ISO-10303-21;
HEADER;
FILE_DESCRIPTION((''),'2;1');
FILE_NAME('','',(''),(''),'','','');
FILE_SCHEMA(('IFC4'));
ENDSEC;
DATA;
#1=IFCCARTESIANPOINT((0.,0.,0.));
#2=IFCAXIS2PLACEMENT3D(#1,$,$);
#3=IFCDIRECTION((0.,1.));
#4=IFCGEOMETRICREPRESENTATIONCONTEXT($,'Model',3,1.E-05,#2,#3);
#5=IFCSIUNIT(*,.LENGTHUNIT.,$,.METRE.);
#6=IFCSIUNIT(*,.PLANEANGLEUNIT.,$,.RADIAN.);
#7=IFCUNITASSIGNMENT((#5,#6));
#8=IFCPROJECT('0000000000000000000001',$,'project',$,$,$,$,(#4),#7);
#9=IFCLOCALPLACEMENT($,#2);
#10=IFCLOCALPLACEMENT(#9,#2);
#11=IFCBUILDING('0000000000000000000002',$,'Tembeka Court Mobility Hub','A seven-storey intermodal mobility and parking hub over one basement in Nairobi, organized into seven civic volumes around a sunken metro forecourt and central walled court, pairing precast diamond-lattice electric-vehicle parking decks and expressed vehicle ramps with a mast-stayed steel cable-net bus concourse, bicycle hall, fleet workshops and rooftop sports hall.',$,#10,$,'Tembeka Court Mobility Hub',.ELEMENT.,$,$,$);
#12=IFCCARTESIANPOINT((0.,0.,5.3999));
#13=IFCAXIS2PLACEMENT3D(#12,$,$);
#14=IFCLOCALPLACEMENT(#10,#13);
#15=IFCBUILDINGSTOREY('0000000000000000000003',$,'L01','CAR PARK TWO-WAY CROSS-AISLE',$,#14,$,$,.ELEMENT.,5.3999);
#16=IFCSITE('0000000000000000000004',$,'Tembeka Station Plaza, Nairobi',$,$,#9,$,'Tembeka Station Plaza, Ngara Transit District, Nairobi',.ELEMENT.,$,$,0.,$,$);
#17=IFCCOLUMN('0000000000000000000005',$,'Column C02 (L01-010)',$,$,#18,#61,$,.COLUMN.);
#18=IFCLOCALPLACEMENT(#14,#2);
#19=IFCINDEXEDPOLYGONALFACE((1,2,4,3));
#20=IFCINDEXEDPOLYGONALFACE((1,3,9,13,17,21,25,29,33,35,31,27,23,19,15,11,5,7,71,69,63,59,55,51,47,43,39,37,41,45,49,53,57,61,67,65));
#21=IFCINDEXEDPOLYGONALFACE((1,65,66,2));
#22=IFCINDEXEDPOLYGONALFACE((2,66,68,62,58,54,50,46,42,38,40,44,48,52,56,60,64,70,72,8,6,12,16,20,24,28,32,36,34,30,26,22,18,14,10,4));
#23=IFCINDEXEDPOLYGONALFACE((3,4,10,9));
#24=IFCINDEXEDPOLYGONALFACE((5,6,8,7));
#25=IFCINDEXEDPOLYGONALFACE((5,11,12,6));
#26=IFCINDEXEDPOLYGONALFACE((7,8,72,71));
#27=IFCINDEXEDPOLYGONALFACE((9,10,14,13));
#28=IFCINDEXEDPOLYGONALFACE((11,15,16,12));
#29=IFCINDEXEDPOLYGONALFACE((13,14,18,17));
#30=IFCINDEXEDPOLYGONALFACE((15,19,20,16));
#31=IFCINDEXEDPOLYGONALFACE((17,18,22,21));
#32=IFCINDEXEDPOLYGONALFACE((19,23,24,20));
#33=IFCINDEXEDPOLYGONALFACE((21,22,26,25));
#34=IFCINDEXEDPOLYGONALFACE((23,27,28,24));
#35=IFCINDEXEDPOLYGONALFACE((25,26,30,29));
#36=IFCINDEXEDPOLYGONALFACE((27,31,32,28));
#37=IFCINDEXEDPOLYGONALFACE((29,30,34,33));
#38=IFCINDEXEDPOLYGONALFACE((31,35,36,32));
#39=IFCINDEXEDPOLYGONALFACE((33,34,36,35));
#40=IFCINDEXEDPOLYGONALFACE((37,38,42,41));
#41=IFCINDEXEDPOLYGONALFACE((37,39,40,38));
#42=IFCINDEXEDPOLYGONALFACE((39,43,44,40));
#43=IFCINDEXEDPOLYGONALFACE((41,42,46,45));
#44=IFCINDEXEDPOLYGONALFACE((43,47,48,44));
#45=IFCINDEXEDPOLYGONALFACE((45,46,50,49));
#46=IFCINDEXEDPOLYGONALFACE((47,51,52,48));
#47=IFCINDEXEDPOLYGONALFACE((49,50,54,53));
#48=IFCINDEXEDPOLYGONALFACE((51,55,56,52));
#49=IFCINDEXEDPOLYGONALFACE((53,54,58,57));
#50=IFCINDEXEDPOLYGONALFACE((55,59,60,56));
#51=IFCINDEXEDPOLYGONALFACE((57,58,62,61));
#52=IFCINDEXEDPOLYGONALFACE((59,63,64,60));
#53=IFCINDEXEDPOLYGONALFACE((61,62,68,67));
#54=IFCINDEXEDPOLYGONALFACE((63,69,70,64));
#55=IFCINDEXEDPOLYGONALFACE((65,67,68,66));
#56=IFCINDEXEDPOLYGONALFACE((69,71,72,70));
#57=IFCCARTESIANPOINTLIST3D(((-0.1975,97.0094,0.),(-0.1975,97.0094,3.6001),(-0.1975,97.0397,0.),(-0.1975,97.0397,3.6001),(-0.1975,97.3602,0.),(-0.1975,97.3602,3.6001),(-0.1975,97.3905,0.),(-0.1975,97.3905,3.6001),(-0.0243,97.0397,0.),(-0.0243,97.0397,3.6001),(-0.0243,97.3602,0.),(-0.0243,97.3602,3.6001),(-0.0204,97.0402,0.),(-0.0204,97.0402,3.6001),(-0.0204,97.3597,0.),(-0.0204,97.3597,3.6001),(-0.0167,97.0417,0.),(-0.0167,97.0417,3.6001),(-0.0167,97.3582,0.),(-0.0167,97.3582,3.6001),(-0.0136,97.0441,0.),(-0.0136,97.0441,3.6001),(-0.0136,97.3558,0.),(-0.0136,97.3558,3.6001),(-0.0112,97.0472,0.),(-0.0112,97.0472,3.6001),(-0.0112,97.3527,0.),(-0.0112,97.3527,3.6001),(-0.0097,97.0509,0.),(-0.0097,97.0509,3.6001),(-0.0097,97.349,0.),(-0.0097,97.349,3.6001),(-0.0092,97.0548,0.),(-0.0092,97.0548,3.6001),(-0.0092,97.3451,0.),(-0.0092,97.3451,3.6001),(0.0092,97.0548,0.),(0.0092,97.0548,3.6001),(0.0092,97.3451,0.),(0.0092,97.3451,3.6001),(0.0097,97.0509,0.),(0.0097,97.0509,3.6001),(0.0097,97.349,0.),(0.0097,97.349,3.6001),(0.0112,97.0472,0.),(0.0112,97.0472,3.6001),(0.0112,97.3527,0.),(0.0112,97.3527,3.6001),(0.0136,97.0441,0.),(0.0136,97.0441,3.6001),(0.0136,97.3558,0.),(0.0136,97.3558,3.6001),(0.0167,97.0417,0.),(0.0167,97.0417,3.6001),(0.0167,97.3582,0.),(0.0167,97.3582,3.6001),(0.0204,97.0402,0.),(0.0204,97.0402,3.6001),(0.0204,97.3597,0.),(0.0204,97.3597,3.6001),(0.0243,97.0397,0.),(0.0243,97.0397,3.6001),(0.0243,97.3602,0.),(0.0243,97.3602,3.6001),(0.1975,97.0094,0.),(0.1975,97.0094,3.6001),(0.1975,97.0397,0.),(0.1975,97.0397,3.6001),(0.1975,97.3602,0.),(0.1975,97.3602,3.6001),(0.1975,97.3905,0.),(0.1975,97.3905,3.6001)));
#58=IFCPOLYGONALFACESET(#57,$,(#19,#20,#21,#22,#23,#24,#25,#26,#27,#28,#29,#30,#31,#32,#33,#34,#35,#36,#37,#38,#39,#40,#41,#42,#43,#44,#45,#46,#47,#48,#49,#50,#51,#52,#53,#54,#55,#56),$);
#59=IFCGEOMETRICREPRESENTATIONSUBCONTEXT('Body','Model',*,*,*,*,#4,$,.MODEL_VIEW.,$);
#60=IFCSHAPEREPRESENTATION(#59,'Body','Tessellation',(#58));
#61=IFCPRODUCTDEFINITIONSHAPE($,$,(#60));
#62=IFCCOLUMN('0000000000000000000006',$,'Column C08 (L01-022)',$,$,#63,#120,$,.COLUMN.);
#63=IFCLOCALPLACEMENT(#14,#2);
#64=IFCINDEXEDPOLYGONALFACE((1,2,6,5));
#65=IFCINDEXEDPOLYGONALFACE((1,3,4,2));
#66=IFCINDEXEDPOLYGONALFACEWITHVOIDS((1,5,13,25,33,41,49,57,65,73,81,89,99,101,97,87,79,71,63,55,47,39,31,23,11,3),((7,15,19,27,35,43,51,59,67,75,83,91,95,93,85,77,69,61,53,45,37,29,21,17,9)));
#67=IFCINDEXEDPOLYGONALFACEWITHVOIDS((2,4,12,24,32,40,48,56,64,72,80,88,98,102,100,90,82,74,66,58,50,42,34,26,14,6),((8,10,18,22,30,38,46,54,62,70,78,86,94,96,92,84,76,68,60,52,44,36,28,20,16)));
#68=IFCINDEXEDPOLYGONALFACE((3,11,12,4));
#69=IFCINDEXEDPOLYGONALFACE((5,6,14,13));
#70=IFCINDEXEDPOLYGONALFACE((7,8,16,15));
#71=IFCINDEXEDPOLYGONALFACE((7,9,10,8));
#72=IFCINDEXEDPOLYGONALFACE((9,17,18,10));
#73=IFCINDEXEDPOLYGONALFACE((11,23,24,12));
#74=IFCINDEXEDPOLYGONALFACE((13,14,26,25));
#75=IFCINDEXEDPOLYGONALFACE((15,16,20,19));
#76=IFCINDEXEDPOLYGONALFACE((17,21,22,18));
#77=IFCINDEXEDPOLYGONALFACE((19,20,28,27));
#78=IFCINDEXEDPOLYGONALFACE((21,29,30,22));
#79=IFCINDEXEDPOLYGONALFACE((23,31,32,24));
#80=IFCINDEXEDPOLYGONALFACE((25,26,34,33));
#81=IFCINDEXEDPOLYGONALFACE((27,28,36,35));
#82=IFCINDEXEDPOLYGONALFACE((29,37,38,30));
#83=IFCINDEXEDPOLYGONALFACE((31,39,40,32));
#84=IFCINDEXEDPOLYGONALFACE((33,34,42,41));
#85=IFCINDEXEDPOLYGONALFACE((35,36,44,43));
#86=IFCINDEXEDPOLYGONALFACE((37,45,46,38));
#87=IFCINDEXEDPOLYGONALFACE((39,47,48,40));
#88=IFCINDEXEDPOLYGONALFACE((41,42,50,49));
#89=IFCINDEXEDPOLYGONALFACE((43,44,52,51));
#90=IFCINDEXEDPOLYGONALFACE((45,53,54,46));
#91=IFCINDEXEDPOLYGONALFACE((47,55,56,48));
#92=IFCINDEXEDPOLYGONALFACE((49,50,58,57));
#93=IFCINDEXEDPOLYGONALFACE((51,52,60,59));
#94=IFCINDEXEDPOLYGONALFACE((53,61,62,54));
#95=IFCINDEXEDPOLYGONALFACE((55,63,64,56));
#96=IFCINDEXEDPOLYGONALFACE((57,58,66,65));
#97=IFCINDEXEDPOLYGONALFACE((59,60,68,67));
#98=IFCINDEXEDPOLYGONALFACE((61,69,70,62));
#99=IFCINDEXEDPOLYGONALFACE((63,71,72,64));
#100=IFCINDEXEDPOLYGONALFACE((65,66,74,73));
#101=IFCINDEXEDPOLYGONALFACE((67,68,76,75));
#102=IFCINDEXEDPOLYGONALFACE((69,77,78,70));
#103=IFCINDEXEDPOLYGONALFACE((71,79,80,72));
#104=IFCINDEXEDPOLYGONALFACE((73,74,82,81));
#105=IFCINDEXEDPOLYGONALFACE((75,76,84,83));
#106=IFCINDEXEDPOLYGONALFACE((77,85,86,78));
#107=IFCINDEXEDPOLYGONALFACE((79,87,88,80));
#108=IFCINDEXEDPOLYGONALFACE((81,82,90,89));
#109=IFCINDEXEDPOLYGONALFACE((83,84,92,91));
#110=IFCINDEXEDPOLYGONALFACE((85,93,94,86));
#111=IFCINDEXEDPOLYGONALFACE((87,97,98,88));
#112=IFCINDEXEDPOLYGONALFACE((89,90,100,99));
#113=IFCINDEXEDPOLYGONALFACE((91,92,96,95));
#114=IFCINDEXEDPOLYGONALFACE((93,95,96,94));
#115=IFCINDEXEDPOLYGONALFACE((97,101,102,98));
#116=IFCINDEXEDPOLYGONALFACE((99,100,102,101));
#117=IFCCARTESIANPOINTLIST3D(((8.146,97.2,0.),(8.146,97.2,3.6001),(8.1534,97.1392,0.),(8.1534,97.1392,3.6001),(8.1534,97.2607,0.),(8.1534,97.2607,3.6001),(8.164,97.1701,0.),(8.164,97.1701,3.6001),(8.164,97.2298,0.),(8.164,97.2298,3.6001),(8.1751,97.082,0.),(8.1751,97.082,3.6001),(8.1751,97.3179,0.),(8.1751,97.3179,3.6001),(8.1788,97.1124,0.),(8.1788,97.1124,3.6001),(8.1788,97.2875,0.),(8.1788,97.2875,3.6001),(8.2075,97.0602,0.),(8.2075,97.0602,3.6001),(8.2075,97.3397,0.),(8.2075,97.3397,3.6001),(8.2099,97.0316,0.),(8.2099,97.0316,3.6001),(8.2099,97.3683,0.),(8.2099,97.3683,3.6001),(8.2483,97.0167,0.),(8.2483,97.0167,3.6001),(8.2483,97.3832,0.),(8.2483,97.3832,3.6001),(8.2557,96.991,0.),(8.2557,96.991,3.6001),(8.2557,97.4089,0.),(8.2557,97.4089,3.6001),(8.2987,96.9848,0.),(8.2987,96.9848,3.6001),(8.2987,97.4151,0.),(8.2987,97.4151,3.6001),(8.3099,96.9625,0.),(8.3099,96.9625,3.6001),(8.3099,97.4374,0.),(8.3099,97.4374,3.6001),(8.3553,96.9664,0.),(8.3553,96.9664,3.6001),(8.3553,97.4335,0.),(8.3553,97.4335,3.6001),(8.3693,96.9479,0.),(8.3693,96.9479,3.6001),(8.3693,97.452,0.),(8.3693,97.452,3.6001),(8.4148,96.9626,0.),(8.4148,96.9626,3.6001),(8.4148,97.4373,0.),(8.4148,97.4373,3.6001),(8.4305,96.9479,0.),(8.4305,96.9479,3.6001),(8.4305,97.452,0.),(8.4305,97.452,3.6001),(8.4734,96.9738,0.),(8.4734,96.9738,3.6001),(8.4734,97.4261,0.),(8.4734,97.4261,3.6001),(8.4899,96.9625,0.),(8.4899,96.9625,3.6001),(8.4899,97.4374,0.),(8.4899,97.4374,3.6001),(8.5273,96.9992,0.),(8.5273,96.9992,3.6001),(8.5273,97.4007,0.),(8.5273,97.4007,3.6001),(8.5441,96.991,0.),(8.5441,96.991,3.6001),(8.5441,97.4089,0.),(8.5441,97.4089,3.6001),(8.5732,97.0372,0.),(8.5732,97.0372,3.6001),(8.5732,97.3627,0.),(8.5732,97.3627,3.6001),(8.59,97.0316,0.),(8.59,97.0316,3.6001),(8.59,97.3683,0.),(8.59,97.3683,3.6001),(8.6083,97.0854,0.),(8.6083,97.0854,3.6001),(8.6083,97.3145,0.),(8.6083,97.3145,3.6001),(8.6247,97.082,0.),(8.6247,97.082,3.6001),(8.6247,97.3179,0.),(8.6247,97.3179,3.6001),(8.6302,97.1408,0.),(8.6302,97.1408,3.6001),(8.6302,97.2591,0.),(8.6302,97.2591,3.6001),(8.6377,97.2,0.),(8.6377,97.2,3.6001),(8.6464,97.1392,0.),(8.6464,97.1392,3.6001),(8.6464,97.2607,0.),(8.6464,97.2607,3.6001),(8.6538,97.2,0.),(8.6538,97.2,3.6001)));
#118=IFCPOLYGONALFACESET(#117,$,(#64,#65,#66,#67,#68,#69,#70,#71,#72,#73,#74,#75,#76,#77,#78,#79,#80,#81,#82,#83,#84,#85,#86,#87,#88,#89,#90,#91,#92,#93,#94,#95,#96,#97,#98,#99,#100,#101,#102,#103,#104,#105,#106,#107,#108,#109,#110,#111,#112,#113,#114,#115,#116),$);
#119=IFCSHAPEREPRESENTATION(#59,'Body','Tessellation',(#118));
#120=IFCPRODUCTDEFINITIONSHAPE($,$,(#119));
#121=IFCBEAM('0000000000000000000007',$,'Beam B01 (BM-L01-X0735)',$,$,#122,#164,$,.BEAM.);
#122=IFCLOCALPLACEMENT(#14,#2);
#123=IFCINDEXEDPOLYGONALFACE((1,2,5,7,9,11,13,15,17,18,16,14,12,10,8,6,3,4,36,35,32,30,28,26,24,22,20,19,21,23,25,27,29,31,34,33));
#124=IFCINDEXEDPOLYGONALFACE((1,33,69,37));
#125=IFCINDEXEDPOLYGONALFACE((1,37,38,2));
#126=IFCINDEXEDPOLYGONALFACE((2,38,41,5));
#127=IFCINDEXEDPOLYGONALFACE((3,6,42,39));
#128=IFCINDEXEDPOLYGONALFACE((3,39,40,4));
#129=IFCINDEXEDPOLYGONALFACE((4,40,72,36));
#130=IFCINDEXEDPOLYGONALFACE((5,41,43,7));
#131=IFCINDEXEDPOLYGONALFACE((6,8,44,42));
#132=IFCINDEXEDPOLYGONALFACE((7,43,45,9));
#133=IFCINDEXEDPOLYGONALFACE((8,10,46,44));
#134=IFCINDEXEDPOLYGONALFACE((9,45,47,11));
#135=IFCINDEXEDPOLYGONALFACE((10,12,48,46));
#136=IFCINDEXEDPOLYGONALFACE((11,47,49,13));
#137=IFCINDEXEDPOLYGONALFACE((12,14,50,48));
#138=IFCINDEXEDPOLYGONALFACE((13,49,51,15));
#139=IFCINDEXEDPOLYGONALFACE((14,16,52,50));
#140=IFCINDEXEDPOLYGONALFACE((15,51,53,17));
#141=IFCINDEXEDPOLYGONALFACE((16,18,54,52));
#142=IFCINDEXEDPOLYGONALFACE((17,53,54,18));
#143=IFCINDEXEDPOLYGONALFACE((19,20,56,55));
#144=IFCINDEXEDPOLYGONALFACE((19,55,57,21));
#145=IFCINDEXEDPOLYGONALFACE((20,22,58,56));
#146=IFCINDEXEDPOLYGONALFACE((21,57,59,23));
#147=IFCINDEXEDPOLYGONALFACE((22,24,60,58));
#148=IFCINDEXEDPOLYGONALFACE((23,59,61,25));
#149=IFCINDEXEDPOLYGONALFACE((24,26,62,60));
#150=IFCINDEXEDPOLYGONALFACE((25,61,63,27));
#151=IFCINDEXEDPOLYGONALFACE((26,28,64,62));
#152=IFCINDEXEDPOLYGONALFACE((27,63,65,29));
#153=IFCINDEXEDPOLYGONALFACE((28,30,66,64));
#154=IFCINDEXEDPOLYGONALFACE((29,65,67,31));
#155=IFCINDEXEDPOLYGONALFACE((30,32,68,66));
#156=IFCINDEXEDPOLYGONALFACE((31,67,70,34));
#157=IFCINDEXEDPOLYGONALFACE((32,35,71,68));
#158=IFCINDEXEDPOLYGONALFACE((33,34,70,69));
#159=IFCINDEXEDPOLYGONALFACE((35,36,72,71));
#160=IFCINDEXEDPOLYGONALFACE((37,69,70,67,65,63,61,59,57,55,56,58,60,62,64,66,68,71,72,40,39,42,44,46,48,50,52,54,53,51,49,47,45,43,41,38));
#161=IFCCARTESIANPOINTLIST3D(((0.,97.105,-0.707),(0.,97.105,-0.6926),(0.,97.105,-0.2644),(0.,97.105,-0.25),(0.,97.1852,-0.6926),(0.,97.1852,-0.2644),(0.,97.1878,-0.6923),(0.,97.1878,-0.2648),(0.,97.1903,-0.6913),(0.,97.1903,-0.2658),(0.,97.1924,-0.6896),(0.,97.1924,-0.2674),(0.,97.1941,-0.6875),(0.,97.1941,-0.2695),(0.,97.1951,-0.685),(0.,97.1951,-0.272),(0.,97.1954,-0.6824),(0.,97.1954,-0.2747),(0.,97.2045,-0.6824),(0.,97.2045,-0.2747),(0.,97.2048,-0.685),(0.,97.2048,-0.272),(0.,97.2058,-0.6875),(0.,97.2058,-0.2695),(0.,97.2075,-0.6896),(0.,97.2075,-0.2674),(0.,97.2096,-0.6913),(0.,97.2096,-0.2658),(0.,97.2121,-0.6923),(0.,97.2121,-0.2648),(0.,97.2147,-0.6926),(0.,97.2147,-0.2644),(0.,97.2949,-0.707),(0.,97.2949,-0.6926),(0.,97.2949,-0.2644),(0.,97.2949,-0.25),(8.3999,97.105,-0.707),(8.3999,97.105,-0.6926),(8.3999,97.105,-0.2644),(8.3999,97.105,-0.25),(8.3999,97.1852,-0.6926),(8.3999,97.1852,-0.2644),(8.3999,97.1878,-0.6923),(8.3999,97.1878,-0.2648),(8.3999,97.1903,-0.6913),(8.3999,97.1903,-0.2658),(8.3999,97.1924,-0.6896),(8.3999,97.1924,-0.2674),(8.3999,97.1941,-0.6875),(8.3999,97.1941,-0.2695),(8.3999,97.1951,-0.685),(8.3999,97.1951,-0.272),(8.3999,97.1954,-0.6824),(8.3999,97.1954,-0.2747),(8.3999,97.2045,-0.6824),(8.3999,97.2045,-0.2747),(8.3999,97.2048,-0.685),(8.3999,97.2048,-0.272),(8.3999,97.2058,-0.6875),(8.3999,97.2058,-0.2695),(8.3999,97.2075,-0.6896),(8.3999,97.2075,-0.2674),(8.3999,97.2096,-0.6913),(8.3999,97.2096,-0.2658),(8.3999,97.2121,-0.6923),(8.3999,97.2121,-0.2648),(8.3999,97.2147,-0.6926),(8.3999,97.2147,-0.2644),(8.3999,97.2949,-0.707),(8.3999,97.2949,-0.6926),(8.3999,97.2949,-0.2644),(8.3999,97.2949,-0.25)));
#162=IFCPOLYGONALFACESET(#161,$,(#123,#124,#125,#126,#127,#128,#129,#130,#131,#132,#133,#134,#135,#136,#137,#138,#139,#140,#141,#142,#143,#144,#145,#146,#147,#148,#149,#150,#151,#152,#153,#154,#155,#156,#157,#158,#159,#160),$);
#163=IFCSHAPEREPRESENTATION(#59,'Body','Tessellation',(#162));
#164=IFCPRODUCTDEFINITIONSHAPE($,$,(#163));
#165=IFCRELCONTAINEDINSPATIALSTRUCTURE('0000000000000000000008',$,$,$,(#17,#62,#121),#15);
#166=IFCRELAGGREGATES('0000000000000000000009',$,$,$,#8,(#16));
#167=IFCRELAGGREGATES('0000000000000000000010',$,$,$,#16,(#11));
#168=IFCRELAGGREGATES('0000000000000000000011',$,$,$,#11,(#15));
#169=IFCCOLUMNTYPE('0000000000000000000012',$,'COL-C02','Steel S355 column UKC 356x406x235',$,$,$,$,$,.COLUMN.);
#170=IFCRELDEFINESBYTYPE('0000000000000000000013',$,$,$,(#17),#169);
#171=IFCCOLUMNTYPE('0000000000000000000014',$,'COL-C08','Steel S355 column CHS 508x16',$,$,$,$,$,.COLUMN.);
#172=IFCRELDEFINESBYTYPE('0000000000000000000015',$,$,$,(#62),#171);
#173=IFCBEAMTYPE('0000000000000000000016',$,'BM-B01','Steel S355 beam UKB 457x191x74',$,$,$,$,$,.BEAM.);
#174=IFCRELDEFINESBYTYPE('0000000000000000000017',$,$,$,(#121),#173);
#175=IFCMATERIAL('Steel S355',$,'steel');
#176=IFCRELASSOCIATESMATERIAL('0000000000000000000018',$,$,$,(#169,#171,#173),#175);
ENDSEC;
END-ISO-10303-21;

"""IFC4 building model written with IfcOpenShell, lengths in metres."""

from ifc_helpers import new_model, si_unit, direction, frame, origin, origin_2d, place, context, subcontext, project, spatial, hollow_circle, i_section, extrude, material, material_profile, profile_set, type_object, element, save


model = new_model("IFC4")

# Units and contexts
model_context = context("Model", 3, precision=1e-05, world=origin(), true_north=direction((0.0, 1.0)))
body_context = subcontext(model_context, "Body", "Model", "MODEL_VIEW")
ifc_project = project(units=[si_unit("LENGTHUNIT", "METRE"), si_unit("PLANEANGLEUNIT", "RADIAN")], contexts=[model_context])

# Site, building, storey
site_placement = place(None, origin())
site = spatial("IfcSite", under=ifc_project, at=site_placement, Name="Tembeka Station Plaza, Nairobi", LongName="Tembeka Station Plaza, Ngara Transit District, Nairobi", CompositionType="ELEMENT", RefElevation=0.0)
building_placement = place(site_placement, origin())
building = spatial("IfcBuilding", under=site, at=building_placement, Name="Tembeka Court Mobility Hub", Description="A seven-storey intermodal mobility and parking hub over one basement in Nairobi, organized into seven civic volumes around a sunken metro forecourt and central walled court, pairing precast diamond-lattice electric-vehicle parking decks and expressed vehicle ramps with a mast-stayed steel cable-net bus concourse, bicycle hall, fleet workshops and rooftop sports hall.", LongName="Tembeka Court Mobility Hub", CompositionType="ELEMENT")
storey_placement = place(building_placement, frame((0.0, 0.0, 5.3999)))
storey = spatial("IfcBuildingStorey", under=building, at=storey_placement, Name="L01", Description="CAR PARK TWO-WAY CROSS-AISLE", CompositionType="ELEMENT", Elevation=5.3999)

# Columns
ifc_material_1 = material(Name="Steel S355", Category="steel")
ifc_material_profile_1 = material_profile(ifc_material_1, i_section(OverallWidth=0.395, OverallDepth=0.3811, WebThickness=0.0183, FlangeThickness=0.0303, FilletRadius=0.0151, at=origin_2d()), Name="UKC 356x406x235")
ifc_profile_set_1 = profile_set([ifc_material_profile_1], Name="Steel S355")
column_type_1 = type_object("IfcColumnType", Name="COL-C02", Description="Steel S355 column UKC 356x406x235", PredefinedType="COLUMN", material=ifc_profile_set_1)
column_1_placement = place(storey_placement, frame((0.0, 97.2, 0.0), z_axis=(0.0, 0.0, 1.0), x_axis=(1.0, 0.0, 0.0)))
element("IfcColumn", 1, at=column_1_placement, inside=storey, type_object=column_type_1, Name="Column C02 (L01-010)", PredefinedType="COLUMN", context=body_context, shape_type="SweptSolid", body=[
    extrude(i_section(OverallWidth=0.395, OverallDepth=0.3811, WebThickness=0.0183, FlangeThickness=0.0303, FilletRadius=0.0151, at=origin_2d()), origin(), (0.0, 0.0, 1.0), 3.6001),
])
ifc_material_profile_2 = material_profile(ifc_material_1, hollow_circle(Radius=0.2539, WallThickness=0.0161, at=origin_2d()), Name="CHS 508x16")
ifc_profile_set_2 = profile_set([ifc_material_profile_2], Name="Steel S355")
column_type_2 = type_object("IfcColumnType", Name="COL-C08", Description="Steel S355 column CHS 508x16", PredefinedType="COLUMN", material=ifc_profile_set_2)
column_2_placement = place(storey_placement, frame((8.3999, 97.2, 0.0), z_axis=(0.0, 0.0, 1.0), x_axis=(1.0, 0.0, 0.0)))
element("IfcColumn", 2, at=column_2_placement, inside=storey, type_object=column_type_2, Name="Column C08 (L01-022)", PredefinedType="COLUMN", context=body_context, shape_type="SweptSolid", body=[
    extrude(hollow_circle(Radius=0.2539, WallThickness=0.0161, at=origin_2d()), origin(), (0.0, 0.0, 1.0), 3.6001),
])

# Beam
ifc_material_profile_3 = material_profile(ifc_material_1, i_section(OverallWidth=0.1899, OverallDepth=0.457, WebThickness=0.009, FlangeThickness=0.0144, FilletRadius=0.0103, at=origin_2d()), Name="UKB 457x191x74")
ifc_profile_set_3 = profile_set([ifc_material_profile_3], Name="Steel S355")
beam_type_1 = type_object("IfcBeamType", Name="BM-B01", Description="Steel S355 beam UKB 457x191x74", PredefinedType="BEAM", material=ifc_profile_set_3)
beam_1_placement = place(storey_placement, frame((0.0, 97.2, -0.4785), z_axis=(1.0, 0.0, 0.0), x_axis=(0.0, 1.0, 0.0)))
element("IfcBeam", 3, at=beam_1_placement, inside=storey, type_object=beam_type_1, Name="Beam B01 (BM-L01-X0735)", PredefinedType="BEAM", context=body_context, shape_type="SweptSolid", body=[
    extrude(i_section(OverallWidth=0.1899, OverallDepth=0.457, WebThickness=0.009, FlangeThickness=0.0144, FilletRadius=0.0103, at=origin_2d()), origin(), (0.0, 0.0, 1.0), 8.3999),
])

save(model, "model.ifc")
